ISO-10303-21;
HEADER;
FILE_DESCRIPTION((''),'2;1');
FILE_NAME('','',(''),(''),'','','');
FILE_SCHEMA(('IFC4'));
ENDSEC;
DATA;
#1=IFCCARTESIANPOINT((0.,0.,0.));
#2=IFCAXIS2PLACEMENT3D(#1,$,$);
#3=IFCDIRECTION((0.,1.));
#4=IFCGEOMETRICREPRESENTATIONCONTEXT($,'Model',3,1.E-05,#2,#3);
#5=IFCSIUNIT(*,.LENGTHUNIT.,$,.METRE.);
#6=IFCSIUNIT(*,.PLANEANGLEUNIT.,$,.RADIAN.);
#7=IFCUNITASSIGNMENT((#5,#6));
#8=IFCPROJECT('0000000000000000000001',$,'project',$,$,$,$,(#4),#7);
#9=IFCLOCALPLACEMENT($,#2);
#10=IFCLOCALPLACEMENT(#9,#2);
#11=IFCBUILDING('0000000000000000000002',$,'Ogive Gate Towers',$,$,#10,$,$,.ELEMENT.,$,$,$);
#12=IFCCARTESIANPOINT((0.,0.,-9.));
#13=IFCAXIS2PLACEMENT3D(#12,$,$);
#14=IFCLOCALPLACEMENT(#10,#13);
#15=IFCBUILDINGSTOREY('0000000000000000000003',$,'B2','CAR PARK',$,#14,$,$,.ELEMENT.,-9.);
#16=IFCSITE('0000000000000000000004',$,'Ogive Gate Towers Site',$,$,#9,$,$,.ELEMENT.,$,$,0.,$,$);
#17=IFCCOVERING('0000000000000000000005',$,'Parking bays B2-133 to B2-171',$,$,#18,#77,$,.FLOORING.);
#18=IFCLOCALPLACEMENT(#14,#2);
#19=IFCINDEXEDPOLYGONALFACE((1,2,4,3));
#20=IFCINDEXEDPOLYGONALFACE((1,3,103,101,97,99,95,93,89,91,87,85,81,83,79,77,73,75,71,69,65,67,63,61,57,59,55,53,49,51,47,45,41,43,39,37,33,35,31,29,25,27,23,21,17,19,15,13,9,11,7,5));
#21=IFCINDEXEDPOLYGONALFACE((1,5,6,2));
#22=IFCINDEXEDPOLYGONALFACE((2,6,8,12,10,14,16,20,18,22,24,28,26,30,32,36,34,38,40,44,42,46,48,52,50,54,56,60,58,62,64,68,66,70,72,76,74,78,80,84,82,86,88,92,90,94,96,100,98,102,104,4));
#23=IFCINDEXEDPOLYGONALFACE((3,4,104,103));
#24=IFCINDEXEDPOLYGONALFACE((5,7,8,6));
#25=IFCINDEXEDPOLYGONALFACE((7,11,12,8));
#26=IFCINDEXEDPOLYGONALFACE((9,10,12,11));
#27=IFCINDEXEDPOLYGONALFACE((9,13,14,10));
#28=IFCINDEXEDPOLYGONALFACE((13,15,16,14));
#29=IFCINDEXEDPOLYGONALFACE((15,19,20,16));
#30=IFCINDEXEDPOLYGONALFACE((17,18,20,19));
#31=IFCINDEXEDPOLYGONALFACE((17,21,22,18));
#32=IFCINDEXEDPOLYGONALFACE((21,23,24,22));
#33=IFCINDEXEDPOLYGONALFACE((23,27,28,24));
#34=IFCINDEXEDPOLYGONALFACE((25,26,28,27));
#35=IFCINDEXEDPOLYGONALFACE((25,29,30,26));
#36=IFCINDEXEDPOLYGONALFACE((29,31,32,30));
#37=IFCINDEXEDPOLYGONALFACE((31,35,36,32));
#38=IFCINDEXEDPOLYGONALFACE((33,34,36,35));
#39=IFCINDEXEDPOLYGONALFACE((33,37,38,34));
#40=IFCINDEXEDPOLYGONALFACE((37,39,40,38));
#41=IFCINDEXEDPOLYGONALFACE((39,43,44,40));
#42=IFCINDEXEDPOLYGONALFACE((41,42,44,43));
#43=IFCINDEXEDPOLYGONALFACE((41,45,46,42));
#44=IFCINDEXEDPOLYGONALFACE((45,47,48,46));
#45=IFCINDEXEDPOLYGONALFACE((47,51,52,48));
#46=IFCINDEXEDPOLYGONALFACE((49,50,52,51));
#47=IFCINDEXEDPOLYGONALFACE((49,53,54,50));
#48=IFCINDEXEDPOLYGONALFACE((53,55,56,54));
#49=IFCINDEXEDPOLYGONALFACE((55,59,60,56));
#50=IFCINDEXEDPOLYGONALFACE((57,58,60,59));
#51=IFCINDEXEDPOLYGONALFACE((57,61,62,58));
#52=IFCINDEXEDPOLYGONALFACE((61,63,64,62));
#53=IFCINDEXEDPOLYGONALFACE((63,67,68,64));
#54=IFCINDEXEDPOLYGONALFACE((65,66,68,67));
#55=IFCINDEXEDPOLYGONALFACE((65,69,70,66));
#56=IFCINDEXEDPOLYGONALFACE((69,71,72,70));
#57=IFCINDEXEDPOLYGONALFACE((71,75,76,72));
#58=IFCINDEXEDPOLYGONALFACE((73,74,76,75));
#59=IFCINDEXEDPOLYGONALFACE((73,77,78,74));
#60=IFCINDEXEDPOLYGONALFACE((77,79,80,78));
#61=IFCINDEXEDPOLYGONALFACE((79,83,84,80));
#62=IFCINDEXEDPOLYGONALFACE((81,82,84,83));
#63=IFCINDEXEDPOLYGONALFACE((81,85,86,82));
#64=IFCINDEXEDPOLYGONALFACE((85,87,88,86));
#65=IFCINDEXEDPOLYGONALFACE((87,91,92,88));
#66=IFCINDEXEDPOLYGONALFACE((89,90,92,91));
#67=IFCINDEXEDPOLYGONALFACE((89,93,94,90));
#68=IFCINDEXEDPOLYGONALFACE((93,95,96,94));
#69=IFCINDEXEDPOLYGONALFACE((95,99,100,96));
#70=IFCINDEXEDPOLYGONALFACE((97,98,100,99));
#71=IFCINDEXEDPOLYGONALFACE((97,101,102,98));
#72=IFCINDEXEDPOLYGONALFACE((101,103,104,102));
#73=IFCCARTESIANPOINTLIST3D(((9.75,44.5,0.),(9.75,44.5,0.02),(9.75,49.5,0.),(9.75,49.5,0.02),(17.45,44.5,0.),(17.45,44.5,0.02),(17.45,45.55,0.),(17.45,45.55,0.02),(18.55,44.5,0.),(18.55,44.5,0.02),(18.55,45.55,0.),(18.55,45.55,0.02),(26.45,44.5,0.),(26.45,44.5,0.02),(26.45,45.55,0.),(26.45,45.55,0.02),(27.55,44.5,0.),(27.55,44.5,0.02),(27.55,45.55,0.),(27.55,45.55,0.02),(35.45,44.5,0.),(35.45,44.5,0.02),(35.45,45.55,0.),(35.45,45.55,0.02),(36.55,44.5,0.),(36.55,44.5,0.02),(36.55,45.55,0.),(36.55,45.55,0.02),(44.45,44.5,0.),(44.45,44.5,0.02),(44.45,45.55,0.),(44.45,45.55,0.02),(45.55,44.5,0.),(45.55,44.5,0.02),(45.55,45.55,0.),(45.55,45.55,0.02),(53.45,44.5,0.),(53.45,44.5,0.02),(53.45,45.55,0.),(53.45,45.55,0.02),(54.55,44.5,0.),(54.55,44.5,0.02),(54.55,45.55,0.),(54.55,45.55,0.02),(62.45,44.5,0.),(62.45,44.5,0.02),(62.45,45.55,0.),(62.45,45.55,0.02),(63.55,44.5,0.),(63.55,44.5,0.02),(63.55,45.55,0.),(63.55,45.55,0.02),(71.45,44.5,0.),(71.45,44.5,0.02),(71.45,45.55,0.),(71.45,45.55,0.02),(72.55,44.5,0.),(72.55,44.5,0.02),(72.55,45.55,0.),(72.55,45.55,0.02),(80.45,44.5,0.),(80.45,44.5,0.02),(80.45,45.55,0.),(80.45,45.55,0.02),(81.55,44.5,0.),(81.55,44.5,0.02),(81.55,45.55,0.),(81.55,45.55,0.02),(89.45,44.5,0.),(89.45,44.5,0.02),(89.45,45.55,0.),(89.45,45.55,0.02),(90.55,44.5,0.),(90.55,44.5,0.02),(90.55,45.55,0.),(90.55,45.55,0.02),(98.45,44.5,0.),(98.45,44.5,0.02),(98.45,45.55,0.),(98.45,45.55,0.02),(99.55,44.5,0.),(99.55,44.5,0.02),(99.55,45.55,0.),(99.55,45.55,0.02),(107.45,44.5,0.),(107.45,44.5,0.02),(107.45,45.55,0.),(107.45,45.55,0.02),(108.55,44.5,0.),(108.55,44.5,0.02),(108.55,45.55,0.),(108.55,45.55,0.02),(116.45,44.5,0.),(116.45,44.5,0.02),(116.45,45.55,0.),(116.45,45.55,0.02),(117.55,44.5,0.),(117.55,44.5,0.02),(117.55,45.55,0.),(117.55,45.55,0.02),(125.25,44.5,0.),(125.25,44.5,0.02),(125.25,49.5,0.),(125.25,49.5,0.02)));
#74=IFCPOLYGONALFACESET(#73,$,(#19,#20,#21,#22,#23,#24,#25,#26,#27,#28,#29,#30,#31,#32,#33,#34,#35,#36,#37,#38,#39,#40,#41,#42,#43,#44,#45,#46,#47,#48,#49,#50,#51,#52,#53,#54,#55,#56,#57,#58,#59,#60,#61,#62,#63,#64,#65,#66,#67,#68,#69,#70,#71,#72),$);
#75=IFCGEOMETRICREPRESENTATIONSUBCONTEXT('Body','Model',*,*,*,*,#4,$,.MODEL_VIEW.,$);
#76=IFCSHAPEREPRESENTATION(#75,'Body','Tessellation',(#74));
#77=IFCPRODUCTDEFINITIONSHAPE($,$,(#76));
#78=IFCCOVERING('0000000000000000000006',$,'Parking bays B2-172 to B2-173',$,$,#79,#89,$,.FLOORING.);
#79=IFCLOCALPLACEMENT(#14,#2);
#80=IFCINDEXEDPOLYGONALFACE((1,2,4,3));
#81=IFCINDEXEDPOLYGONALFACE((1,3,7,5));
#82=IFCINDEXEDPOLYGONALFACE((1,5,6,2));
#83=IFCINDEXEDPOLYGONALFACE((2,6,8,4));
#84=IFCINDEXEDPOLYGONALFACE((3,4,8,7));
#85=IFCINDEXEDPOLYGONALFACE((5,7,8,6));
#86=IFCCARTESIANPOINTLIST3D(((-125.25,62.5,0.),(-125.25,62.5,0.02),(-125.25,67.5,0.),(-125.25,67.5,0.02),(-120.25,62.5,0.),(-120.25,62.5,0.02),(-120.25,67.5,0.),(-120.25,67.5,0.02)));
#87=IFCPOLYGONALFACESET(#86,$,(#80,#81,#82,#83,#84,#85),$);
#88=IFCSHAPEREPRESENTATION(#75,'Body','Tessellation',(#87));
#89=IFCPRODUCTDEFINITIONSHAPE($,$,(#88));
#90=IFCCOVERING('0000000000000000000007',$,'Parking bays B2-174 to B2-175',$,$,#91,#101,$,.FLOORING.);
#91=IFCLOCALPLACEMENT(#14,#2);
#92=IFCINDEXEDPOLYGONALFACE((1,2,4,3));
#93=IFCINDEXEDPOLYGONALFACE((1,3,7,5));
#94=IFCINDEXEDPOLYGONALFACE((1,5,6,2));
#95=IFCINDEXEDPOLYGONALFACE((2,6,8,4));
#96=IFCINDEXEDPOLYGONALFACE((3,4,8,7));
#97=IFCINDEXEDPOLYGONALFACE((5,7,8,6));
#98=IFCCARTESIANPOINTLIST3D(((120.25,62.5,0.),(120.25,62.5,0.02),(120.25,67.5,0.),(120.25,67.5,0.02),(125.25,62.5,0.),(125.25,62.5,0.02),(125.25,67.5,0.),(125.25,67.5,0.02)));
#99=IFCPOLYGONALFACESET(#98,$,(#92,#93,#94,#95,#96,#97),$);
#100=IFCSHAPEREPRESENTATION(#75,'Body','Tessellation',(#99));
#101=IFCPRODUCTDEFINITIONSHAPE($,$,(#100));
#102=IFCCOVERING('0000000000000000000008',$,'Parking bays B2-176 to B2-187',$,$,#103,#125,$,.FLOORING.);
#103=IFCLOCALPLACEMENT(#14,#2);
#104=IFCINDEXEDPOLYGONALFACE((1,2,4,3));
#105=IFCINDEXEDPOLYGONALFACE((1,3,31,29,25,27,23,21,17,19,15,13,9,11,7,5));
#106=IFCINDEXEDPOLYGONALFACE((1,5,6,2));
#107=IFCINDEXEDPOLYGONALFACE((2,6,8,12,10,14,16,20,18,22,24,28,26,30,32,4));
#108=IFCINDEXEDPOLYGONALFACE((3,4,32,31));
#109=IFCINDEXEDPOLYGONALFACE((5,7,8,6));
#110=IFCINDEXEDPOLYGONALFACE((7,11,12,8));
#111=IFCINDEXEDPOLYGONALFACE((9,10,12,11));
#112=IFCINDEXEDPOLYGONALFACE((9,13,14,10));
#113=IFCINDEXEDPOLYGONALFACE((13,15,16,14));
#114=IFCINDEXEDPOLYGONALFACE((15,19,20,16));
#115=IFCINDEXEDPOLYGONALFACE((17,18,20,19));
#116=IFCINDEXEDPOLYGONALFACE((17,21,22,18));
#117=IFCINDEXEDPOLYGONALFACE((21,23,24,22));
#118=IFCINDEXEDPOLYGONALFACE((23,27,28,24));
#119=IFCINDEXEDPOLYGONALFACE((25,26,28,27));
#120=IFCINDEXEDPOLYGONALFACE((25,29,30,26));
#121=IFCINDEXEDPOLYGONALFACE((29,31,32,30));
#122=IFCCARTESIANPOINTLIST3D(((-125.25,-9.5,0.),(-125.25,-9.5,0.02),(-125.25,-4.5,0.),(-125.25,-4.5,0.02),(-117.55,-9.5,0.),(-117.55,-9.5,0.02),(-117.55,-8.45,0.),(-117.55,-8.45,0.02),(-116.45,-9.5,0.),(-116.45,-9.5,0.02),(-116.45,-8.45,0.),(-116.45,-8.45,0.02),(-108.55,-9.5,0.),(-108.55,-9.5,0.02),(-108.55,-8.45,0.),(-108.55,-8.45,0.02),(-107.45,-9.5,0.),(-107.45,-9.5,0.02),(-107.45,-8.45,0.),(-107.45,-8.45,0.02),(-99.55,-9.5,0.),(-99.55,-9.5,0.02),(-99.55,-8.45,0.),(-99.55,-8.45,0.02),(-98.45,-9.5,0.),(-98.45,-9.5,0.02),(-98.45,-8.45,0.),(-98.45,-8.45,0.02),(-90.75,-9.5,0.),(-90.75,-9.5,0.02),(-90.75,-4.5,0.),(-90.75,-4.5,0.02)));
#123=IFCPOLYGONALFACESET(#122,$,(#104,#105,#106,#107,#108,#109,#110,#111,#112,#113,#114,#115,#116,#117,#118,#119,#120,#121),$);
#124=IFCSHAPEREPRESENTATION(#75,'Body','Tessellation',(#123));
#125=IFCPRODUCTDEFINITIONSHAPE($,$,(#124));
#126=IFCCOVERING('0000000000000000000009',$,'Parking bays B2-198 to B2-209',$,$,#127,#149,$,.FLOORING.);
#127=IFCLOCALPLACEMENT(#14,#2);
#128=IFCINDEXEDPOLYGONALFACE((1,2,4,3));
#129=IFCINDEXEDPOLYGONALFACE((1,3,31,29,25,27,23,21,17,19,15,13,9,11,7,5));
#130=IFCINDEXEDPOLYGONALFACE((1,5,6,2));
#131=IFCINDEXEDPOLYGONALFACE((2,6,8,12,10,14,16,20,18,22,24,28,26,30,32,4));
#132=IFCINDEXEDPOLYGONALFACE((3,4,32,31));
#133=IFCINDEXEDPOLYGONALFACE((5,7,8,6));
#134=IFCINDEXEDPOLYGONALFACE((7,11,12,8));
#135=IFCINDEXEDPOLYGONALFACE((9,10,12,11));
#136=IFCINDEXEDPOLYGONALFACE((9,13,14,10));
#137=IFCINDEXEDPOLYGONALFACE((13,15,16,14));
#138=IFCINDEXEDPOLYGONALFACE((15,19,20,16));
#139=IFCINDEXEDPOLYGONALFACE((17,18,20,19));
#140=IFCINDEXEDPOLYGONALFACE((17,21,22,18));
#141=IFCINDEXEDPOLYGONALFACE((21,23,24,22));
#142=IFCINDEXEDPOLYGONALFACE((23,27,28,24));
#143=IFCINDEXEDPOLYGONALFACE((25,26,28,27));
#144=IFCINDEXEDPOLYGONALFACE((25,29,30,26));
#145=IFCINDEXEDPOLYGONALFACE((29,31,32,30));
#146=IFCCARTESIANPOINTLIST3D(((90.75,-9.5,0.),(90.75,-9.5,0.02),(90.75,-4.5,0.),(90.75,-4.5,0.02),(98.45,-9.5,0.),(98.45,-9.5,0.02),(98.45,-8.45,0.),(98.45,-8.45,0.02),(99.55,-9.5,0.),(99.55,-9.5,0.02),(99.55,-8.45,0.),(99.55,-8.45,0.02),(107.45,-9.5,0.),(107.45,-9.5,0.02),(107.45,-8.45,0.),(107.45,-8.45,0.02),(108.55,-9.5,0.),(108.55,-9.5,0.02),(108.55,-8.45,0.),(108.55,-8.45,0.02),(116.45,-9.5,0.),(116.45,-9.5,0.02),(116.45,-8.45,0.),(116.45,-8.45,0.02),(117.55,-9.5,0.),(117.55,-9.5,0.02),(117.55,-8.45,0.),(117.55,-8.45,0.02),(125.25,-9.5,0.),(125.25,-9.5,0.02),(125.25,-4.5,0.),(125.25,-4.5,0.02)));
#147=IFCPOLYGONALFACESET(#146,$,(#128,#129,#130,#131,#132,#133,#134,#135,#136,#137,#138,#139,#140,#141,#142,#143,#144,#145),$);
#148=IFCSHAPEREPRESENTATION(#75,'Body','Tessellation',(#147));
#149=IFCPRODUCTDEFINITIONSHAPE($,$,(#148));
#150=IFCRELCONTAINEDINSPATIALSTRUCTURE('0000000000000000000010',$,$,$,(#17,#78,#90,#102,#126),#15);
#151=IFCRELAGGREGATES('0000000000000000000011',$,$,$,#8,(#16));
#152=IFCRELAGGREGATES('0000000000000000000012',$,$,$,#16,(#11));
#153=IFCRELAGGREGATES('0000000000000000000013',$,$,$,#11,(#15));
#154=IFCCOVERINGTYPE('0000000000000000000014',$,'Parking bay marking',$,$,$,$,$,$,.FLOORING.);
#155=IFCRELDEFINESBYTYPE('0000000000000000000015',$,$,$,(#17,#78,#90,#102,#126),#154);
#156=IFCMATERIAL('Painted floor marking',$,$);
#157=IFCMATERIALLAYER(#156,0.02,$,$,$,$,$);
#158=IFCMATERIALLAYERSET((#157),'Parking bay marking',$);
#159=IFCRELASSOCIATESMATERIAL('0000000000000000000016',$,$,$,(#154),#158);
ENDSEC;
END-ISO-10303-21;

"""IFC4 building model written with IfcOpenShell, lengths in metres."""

from ifc_helpers import new_model, si_unit, direction, frame, origin, place, context, subcontext, project, spatial, polyline, outline, extrude, material, layer, layer_set, type_object, element, save


model = new_model("IFC4")

# Units and contexts
model_context = context("Model", 3, precision=1e-05, world=origin(), true_north=direction((0.0, 1.0)))
body_context = subcontext(model_context, "Body", "Model", "MODEL_VIEW")
ifc_project = project(units=[si_unit("LENGTHUNIT", "METRE"), si_unit("PLANEANGLEUNIT", "RADIAN")], contexts=[model_context])

# Site, building, storey
site_placement = place(None, origin())
site = spatial("IfcSite", under=ifc_project, at=site_placement, Name="Ogive Gate Towers Site", CompositionType="ELEMENT", RefElevation=0.0)
building_placement = place(site_placement, origin())
building = spatial("IfcBuilding", under=site, at=building_placement, Name="Ogive Gate Towers", CompositionType="ELEMENT")
storey_placement = place(building_placement, frame((0.0, 0.0, -9.0)))
storey = spatial("IfcBuildingStorey", under=building, at=storey_placement, Name="B2", Description="CAR PARK", CompositionType="ELEMENT", Elevation=-9.0)

# Coverings
ifc_material_1 = material(Name="Painted floor marking")
ifc_layer_1 = layer(ifc_material_1, 0.02)
ifc_layer_set_1 = layer_set([ifc_layer_1], Name="Parking bay marking")
covering_type_1 = type_object("IfcCoveringType", Name="Parking bay marking", PredefinedType="FLOORING", material=ifc_layer_set_1)
covering_1_placement = place(storey_placement, origin())
element("IfcCovering", 1, at=covering_1_placement, inside=storey, type_object=covering_type_1, Name="Parking bays B2-133 to B2-171", PredefinedType="FLOORING", context=body_context, shape_type="SweptSolid", body=[
    extrude(outline(polyline([(9.75, 49.5), (125.25, 49.5), (125.25, 44.5), (117.55, 44.5), (117.55, 45.55), (116.45, 45.55), (116.45, 44.5), (108.55, 44.5), (108.55, 45.55), (107.45, 45.55), (107.45, 44.5), (99.55, 44.5), (99.55, 45.55), (98.45, 45.55), (98.45, 44.5), (90.55, 44.5), (90.55, 45.55), (89.45, 45.55), (89.45, 44.5), (81.55, 44.5), (81.55, 45.55), (80.45, 45.55), (80.45, 44.5), (72.55, 44.5), (72.55, 45.55), (71.45, 45.55), (71.45, 44.5), (63.55, 44.5), (63.55, 45.55), (62.45, 45.55), (62.45, 44.5), (54.55, 44.5), (54.55, 45.55), (53.45, 45.55), (53.45, 44.5), (45.55, 44.5), (45.55, 45.55), (44.45, 45.55), (44.45, 44.5), (36.55, 44.5), (36.55, 45.55), (35.45, 45.55), (35.45, 44.5), (27.55, 44.5), (27.55, 45.55), (26.45, 45.55), (26.45, 44.5), (18.55, 44.5), (18.55, 45.55), (17.45, 45.55), (17.45, 44.5), (9.75, 44.5), (9.75, 49.5)])), origin(), (0.0, 0.0, 1.0), 0.02),
])
covering_2_placement = place(storey_placement, origin())
element("IfcCovering", 2, at=covering_2_placement, inside=storey, type_object=covering_type_1, Name="Parking bays B2-172 to B2-173", PredefinedType="FLOORING", context=body_context, shape_type="SweptSolid", body=[
    extrude(outline(polyline([(-120.25, 67.5), (-120.25, 62.5), (-125.25, 62.5), (-125.25, 67.5), (-120.25, 67.5)])), origin(), (0.0, 0.0, 1.0), 0.02),
])
covering_3_placement = place(storey_placement, origin())
element("IfcCovering", 3, at=covering_3_placement, inside=storey, type_object=covering_type_1, Name="Parking bays B2-174 to B2-175", PredefinedType="FLOORING", context=body_context, shape_type="SweptSolid", body=[
    extrude(outline(polyline([(125.25, 67.5), (125.25, 62.5), (120.25, 62.5), (120.25, 67.5), (125.25, 67.5)])), origin(), (0.0, 0.0, 1.0), 0.02),
])
covering_4_placement = place(storey_placement, origin())
element("IfcCovering", 4, at=covering_4_placement, inside=storey, type_object=covering_type_1, Name="Parking bays B2-176 to B2-187", PredefinedType="FLOORING", context=body_context, shape_type="SweptSolid", body=[
    extrude(outline(polyline([(-125.25, -4.5), (-90.75, -4.5), (-90.75, -9.5), (-98.45, -9.5), (-98.45, -8.45), (-99.55, -8.45), (-99.55, -9.5), (-107.45, -9.5), (-107.45, -8.45), (-108.55, -8.45), (-108.55, -9.5), (-116.45, -9.5), (-116.45, -8.45), (-117.55, -8.45), (-117.55, -9.5), (-125.25, -9.5), (-125.25, -4.5)])), origin(), (0.0, 0.0, 1.0), 0.02),
])
covering_5_placement = place(storey_placement, origin())
element("IfcCovering", 5, at=covering_5_placement, inside=storey, type_object=covering_type_1, Name="Parking bays B2-198 to B2-209", PredefinedType="FLOORING", context=body_context, shape_type="SweptSolid", body=[
    extrude(outline(polyline([(90.75, -4.5), (125.25, -4.5), (125.25, -9.5), (117.55, -9.5), (117.55, -8.45), (116.45, -8.45), (116.45, -9.5), (108.55, -9.5), (108.55, -8.45), (107.45, -8.45), (107.45, -9.5), (99.55, -9.5), (99.55, -8.45), (98.45, -8.45), (98.45, -9.5), (90.75, -9.5), (90.75, -4.5)])), origin(), (0.0, 0.0, 1.0), 0.02),
])

save(model, "model.ifc")
